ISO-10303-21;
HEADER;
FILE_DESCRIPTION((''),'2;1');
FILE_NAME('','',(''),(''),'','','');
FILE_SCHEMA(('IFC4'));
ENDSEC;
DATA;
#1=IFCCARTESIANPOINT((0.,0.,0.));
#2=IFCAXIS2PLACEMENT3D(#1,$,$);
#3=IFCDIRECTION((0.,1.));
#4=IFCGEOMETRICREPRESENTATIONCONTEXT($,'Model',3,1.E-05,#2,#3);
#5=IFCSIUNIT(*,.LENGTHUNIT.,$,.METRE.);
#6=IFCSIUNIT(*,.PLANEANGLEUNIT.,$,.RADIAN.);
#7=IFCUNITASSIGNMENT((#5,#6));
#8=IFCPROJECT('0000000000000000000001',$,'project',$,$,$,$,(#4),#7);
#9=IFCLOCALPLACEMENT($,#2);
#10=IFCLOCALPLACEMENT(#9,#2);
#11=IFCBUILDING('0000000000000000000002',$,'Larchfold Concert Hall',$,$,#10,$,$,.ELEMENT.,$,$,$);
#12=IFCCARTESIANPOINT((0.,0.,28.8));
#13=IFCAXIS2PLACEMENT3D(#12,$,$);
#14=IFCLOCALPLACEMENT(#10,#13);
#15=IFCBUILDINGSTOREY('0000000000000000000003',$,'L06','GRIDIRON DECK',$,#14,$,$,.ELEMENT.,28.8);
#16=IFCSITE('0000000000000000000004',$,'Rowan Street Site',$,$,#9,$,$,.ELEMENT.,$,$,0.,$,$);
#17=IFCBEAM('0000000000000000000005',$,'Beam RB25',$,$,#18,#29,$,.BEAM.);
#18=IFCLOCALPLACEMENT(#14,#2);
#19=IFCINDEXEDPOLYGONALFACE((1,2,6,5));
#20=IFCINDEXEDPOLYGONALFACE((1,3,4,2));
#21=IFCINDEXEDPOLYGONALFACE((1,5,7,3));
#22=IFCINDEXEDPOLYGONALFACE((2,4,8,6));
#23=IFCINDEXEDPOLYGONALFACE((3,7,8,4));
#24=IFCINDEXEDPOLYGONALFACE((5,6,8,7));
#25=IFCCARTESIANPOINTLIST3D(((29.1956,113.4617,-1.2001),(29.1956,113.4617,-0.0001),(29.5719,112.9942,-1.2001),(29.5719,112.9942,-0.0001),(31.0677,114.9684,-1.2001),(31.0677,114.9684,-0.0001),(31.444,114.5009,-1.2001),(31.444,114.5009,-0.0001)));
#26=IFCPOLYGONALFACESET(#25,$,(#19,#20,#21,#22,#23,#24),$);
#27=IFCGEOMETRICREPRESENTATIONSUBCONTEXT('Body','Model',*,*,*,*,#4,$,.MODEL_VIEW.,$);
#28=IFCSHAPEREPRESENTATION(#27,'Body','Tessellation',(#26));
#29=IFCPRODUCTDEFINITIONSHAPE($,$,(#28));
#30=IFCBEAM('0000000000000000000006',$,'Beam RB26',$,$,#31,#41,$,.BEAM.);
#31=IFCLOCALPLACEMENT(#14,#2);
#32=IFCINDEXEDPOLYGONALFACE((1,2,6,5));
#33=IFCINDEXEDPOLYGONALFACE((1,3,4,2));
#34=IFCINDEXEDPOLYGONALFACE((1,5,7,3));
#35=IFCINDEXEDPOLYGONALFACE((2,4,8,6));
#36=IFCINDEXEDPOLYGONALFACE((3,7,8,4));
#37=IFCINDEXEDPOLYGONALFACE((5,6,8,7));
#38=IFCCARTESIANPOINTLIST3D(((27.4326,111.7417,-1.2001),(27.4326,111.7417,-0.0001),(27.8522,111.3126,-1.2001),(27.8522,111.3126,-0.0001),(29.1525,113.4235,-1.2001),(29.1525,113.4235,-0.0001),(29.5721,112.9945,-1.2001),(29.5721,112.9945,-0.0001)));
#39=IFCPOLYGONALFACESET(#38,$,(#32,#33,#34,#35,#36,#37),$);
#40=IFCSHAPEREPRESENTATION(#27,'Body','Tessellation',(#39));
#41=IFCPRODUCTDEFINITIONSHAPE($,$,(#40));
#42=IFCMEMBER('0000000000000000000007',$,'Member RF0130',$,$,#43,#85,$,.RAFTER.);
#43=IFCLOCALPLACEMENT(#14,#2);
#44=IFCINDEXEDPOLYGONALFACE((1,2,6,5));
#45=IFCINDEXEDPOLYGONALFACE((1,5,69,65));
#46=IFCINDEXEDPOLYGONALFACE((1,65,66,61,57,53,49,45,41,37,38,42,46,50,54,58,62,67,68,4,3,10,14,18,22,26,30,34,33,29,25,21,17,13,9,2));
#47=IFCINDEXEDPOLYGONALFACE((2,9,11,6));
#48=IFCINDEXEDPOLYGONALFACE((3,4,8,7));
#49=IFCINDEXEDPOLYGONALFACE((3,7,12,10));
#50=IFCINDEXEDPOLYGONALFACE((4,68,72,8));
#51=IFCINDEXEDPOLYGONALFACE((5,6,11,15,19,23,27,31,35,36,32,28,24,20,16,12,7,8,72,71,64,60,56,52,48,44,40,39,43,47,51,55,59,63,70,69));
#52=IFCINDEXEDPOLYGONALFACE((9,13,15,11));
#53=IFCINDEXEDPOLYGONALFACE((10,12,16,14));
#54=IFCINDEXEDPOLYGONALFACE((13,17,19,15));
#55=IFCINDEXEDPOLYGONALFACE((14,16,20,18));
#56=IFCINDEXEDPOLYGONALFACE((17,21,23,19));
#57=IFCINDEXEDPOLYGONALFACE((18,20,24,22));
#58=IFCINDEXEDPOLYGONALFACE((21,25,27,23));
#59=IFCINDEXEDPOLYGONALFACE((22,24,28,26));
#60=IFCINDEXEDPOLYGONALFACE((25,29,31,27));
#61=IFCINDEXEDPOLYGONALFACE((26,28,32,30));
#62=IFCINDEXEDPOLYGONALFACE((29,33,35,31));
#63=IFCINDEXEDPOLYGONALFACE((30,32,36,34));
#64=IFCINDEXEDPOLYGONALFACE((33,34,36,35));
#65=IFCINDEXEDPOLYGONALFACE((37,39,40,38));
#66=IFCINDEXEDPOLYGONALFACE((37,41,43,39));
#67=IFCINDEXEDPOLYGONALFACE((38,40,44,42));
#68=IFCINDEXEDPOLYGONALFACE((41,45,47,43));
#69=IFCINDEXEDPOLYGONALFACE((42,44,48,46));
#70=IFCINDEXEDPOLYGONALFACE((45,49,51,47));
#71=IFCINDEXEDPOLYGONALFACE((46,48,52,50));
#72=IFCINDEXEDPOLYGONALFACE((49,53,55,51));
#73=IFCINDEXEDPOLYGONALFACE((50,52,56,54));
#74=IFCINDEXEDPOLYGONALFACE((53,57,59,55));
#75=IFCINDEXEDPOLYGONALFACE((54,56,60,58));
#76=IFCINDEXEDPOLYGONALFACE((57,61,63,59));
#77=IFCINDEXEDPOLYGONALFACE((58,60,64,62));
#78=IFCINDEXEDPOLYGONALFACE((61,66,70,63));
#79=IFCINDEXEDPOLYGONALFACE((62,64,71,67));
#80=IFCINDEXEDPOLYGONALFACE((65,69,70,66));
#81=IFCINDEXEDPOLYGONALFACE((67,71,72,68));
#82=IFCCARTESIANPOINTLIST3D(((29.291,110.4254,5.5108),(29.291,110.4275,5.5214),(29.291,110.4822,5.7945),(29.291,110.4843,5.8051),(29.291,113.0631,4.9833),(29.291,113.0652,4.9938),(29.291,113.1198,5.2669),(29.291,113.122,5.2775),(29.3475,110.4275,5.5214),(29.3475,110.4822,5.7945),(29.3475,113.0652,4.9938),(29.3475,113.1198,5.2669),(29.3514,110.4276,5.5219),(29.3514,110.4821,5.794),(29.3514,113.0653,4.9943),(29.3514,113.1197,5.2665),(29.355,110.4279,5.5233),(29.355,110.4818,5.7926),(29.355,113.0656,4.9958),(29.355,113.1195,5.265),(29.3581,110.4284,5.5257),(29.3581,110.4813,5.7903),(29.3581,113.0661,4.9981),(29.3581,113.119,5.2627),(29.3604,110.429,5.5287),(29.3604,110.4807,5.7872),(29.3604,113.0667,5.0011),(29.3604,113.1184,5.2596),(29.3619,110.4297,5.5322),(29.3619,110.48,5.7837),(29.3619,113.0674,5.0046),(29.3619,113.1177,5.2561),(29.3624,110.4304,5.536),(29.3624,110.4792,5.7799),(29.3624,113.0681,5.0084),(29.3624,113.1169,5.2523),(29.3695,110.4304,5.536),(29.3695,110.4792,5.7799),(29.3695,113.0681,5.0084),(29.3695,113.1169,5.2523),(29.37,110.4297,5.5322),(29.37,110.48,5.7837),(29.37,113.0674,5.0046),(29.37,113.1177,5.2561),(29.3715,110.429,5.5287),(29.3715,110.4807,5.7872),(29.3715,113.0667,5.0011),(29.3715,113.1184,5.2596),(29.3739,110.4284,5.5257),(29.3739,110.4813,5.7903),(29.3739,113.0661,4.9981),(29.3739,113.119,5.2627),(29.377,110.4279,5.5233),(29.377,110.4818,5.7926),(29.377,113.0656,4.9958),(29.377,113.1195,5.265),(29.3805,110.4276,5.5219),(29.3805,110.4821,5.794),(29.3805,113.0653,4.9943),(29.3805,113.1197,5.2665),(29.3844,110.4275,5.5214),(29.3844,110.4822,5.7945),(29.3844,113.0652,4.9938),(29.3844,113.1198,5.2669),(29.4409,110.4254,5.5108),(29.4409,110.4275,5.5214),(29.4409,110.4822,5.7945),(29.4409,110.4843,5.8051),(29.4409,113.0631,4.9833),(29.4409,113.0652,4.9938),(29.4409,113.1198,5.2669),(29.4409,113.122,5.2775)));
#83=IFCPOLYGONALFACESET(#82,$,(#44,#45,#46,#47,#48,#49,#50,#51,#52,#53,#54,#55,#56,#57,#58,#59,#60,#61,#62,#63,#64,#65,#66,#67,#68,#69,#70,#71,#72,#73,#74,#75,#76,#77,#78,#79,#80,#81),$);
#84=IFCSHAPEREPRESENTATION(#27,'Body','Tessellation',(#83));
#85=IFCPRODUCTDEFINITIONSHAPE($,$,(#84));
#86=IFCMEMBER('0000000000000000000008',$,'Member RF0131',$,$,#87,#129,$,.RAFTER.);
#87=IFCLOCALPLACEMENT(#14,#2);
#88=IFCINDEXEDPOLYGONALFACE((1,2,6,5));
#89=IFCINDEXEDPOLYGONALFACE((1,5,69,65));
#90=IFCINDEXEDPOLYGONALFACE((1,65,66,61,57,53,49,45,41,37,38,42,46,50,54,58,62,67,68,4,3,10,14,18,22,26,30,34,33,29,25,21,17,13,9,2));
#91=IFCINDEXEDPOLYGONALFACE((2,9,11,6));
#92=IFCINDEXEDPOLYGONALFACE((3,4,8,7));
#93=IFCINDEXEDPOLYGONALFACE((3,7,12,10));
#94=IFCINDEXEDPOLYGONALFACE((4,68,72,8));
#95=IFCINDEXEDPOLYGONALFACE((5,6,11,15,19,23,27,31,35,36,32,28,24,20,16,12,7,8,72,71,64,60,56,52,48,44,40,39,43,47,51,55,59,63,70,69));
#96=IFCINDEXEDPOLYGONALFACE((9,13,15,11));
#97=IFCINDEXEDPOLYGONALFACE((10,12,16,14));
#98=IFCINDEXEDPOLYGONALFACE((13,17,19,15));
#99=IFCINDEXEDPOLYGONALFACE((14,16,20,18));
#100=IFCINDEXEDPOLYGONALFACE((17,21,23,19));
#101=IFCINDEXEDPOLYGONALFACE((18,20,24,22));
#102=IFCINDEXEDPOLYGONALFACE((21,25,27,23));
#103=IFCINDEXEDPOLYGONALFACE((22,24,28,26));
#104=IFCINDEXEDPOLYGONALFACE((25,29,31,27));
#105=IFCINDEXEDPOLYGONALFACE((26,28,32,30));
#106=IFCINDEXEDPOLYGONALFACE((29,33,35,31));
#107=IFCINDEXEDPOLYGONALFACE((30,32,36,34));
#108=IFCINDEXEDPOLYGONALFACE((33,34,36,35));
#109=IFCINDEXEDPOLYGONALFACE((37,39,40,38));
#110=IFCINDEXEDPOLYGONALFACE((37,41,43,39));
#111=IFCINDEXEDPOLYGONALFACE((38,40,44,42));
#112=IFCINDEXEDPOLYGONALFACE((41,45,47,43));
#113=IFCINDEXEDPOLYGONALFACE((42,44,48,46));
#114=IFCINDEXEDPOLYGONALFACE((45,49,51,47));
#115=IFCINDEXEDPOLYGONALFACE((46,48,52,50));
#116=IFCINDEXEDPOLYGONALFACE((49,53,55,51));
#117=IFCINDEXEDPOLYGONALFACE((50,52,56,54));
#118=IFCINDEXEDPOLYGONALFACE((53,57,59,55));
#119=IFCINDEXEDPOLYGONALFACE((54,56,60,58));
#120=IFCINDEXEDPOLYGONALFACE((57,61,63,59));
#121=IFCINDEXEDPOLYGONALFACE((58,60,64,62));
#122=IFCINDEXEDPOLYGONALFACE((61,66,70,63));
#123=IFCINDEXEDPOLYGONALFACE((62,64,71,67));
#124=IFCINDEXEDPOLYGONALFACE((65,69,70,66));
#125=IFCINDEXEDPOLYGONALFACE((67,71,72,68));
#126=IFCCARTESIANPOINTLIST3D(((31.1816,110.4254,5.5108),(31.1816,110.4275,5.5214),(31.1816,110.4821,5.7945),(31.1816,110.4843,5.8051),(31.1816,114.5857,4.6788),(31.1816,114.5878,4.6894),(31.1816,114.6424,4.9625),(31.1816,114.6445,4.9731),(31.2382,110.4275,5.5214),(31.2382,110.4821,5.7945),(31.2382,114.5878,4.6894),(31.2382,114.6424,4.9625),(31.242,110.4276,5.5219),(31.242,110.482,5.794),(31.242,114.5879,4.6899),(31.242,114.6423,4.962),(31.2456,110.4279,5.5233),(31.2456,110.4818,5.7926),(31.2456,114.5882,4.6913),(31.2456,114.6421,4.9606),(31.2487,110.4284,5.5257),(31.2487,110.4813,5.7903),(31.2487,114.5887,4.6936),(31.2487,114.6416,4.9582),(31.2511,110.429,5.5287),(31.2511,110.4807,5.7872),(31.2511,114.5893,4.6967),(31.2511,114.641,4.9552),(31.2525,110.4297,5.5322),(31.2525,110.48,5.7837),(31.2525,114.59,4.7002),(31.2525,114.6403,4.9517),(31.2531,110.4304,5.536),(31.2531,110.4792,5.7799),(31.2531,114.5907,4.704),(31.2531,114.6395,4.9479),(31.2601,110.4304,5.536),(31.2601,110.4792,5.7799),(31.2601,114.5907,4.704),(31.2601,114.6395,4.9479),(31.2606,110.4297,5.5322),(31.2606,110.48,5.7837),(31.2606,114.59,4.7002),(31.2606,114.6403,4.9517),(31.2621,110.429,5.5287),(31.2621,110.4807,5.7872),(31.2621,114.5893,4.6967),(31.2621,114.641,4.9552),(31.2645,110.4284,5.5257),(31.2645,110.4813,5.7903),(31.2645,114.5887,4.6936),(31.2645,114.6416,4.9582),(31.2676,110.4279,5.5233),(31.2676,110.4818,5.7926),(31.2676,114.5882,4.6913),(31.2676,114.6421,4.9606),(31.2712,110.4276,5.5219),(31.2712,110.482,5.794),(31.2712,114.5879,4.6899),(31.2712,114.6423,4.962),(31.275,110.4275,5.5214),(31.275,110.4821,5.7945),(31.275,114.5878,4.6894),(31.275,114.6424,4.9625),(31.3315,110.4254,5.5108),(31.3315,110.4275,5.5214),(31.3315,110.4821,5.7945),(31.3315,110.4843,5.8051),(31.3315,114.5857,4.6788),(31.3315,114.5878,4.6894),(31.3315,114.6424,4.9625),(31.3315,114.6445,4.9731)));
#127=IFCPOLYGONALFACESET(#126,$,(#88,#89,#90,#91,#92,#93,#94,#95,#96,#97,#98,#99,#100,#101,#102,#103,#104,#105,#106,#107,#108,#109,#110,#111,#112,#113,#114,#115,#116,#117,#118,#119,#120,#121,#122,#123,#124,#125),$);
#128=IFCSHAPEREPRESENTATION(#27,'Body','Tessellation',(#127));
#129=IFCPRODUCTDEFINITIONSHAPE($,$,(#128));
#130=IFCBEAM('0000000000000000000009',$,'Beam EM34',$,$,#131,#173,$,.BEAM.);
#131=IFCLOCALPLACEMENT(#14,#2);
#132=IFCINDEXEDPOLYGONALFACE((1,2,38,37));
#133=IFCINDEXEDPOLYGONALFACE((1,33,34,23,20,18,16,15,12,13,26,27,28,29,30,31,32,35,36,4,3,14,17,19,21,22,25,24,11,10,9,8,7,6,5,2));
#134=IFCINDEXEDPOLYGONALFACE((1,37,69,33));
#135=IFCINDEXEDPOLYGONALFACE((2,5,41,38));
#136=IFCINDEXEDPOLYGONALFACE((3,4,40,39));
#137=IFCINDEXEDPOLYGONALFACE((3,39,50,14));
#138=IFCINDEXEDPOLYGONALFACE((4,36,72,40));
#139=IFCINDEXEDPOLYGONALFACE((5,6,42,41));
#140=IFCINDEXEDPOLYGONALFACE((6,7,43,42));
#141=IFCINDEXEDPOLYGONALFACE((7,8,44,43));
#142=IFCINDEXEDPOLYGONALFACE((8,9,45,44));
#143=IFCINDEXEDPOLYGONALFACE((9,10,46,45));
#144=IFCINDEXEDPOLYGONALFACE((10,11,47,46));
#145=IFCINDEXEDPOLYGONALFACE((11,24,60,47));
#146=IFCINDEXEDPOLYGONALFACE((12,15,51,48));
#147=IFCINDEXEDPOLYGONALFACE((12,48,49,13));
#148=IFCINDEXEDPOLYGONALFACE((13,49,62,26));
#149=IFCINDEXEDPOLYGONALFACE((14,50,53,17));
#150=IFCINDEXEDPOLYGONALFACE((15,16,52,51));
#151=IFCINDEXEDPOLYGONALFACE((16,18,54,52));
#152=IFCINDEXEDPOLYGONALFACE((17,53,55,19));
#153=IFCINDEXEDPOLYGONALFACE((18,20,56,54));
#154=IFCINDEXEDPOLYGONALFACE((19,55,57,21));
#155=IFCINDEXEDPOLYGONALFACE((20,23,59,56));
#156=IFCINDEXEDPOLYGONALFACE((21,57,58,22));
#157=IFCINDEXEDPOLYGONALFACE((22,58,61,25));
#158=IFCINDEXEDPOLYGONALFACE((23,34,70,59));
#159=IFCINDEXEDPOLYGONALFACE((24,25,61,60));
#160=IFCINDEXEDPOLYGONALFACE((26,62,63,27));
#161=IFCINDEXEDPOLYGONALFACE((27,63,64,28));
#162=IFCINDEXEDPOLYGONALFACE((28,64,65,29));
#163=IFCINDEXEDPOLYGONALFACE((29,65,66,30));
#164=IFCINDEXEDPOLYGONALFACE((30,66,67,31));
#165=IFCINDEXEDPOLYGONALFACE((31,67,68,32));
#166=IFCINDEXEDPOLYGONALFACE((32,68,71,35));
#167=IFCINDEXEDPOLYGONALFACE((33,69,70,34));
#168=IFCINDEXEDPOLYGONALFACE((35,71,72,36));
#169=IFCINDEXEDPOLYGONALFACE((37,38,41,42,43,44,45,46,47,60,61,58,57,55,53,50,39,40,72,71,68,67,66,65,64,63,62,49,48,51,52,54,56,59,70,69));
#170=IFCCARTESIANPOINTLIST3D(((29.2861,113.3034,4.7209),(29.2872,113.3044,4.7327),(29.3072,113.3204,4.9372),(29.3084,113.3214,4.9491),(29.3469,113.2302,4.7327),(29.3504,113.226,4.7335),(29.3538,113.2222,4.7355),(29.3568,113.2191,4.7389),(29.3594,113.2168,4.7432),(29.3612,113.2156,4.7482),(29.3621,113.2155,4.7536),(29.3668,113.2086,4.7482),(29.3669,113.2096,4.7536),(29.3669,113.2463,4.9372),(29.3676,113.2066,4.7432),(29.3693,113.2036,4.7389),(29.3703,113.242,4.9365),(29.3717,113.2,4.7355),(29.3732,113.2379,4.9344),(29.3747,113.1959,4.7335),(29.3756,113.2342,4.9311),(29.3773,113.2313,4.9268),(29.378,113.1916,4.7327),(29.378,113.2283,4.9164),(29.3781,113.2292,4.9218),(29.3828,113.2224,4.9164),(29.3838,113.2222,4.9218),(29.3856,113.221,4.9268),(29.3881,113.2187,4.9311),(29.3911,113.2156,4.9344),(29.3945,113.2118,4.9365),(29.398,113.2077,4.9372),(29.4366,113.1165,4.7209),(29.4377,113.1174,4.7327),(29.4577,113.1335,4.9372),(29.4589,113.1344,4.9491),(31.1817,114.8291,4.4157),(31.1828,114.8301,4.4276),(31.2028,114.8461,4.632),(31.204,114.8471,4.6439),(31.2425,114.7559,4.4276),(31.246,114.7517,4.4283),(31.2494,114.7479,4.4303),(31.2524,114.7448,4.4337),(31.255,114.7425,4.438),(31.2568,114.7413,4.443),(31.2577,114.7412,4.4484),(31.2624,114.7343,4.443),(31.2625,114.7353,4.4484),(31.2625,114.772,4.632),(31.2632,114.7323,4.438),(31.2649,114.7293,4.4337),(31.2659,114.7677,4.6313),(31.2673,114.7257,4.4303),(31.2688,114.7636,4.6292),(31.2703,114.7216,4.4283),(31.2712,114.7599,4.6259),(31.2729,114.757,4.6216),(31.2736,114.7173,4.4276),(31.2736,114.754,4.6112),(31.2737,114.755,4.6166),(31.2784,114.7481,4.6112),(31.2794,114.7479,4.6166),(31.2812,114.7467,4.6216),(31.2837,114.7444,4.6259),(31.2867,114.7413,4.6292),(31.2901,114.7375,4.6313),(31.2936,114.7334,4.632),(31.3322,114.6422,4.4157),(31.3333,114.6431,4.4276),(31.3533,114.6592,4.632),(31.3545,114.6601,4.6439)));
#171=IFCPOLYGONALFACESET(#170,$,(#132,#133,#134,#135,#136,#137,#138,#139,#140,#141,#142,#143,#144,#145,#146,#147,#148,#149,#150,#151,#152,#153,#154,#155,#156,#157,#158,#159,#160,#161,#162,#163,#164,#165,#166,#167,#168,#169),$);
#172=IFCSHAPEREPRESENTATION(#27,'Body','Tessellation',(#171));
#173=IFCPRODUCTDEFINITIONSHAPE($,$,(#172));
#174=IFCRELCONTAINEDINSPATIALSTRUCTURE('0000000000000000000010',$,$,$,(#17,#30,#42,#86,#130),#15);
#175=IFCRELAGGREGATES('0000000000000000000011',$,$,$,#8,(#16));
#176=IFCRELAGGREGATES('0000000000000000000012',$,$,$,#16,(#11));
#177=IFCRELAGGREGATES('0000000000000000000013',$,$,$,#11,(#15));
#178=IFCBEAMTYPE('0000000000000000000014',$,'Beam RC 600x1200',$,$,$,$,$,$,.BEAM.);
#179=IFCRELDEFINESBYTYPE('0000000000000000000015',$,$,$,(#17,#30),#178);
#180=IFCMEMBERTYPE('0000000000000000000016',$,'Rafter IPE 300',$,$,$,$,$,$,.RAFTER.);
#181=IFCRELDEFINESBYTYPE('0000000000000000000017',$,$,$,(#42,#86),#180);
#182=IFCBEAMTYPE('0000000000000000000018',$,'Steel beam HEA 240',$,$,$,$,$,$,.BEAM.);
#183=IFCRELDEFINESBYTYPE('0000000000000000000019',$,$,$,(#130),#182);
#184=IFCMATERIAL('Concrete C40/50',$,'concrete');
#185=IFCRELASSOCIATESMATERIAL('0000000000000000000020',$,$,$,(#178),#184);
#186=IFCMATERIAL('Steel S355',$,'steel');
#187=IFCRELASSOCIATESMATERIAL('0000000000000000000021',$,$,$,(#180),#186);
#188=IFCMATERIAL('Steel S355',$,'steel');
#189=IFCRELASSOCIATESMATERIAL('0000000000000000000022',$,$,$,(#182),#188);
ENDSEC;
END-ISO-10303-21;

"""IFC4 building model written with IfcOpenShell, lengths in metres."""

from ifc_helpers import new_model, si_unit, direction, frame, origin, origin_2d, place, context, subcontext, project, spatial, rectangle, i_section, extrude, material, material_profile, profile_set, type_object, element, save


model = new_model("IFC4")

# Units and contexts
model_context = context("Model", 3, precision=1e-05, world=origin(), true_north=direction((0.0, 1.0)))
body_context = subcontext(model_context, "Body", "Model", "MODEL_VIEW")
ifc_project = project(units=[si_unit("LENGTHUNIT", "METRE"), si_unit("PLANEANGLEUNIT", "RADIAN")], contexts=[model_context])

# Site, building, storey
site_placement = place(None, origin())
site = spatial("IfcSite", under=ifc_project, at=site_placement, Name="Rowan Street Site", CompositionType="ELEMENT", RefElevation=0.0)
building_placement = place(site_placement, origin())
building = spatial("IfcBuilding", under=site, at=building_placement, Name="Larchfold Concert Hall", CompositionType="ELEMENT")
storey_placement = place(building_placement, frame((0.0, 0.0, 28.8)))
storey = spatial("IfcBuildingStorey", under=building, at=storey_placement, Name="L06", Description="GRIDIRON DECK", CompositionType="ELEMENT", Elevation=28.8)

# Beams
ifc_material_1 = material(Name="Concrete C40/50", Category="concrete")
ifc_material_profile_1 = material_profile(ifc_material_1, rectangle(XDim=0.6001, YDim=1.2, at=origin_2d()))
ifc_profile_set_1 = profile_set([ifc_material_profile_1], Name="Concrete C40/50")
beam_type_1 = type_object("IfcBeamType", Name="Beam RC 600x1200", PredefinedType="BEAM", material=ifc_profile_set_1)
beam_1_placement = place(storey_placement, frame((31.2559, 114.7346, -0.6001), z_axis=(-0.779052, -0.62696, 0.0), x_axis=(0.62696, -0.779052, 0.0)))
element("IfcBeam", 1, at=beam_1_placement, inside=storey, type_object=beam_type_1, Name="Beam RB25", PredefinedType="BEAM", context=body_context, shape_type="SweptSolid", body=[
    extrude(rectangle(XDim=0.6001, YDim=1.2, at=origin_2d()), origin(), (0.0, 0.0, 1.0), 2.4031),
])
beam_2_placement = place(storey_placement, frame((29.3623, 113.209, -0.6001), z_axis=(-0.714978, -0.699146, 0.0), x_axis=(0.699146, -0.714978, 0.0)))
element("IfcBeam", 2, at=beam_2_placement, inside=storey, type_object=beam_type_1, Name="Beam RB26", PredefinedType="BEAM", context=body_context, shape_type="SweptSolid", body=[
    extrude(rectangle(XDim=0.6001, YDim=1.2, at=origin_2d()), origin(), (0.0, 0.0, 1.0), 2.4055),
])

# Members
ifc_material_2 = material(Name="Steel S355", Category="steel")
ifc_material_profile_2 = material_profile(ifc_material_2, i_section(OverallWidth=0.1499, OverallDepth=0.3, WebThickness=0.0071, FlangeThickness=0.0107, FilletRadius=0.0149, at=origin_2d()))
ifc_profile_set_2 = profile_set([ifc_material_profile_2], Name="Steel S355")
member_type_1 = type_object("IfcMemberType", Name="Rafter IPE 300", PredefinedType="RAFTER", material=ifc_profile_set_2)
member_1_placement = place(storey_placement, frame((29.366, 110.4548, 5.658), z_axis=(0.0, 0.980577, -0.196134), x_axis=(-1.0, 0.0, 0.0)))
element("IfcMember", 3, at=member_1_placement, inside=storey, type_object=member_type_1, Name="Member RF0130", PredefinedType="RAFTER", context=body_context, shape_type="SweptSolid", body=[
    extrude(i_section(OverallWidth=0.1499, OverallDepth=0.3, WebThickness=0.0071, FlangeThickness=0.0107, FilletRadius=0.0149, at=origin_2d()), origin(), (0.0, 0.0, 1.0), 2.6899),
])
member_2_placement = place(storey_placement, frame((31.2566, 110.4548, 5.658), z_axis=(0.0, 0.980583, -0.196105), x_axis=(-1.0, 0.0, 0.0)))
element("IfcMember", 4, at=member_2_placement, inside=storey, type_object=member_type_1, Name="Member RF0131", PredefinedType="RAFTER", context=body_context, shape_type="SweptSolid", body=[
    extrude(i_section(OverallWidth=0.1499, OverallDepth=0.3, WebThickness=0.0071, FlangeThickness=0.0107, FilletRadius=0.0149, at=origin_2d()), origin(), (0.0, 0.0, 1.0), 4.2427),
])

# Beam
ifc_material_3 = material(Name="Steel S355", Category="steel")
ifc_material_profile_3 = material_profile(ifc_material_3, i_section(OverallWidth=0.24, OverallDepth=0.23, WebThickness=0.0076, FlangeThickness=0.012, FilletRadius=0.021, at=origin_2d()))
ifc_profile_set_3 = profile_set([ifc_material_profile_3], Name="Steel S355")
beam_type_2 = type_object("IfcBeamType", Name="Steel beam HEA 240", PredefinedType="BEAM", material=ifc_profile_set_3)
beam_3_placement = place(storey_placement, frame((31.2681, 114.7446, 4.5298), z_axis=(-0.772959, -0.622131, 0.124446), x_axis=(0.627005, -0.779015, 0.0)))
element("IfcBeam", 5, at=beam_3_placement, inside=storey, type_object=beam_type_2, Name="Beam EM34", PredefinedType="BEAM", context=body_context, shape_type="SweptSolid", body=[
    extrude(i_section(OverallWidth=0.24, OverallDepth=0.23, WebThickness=0.0076, FlangeThickness=0.012, FilletRadius=0.021, at=origin_2d()), origin(), (0.0, 0.0, 1.0), 2.4524),
])

save(model, "model.ifc")
